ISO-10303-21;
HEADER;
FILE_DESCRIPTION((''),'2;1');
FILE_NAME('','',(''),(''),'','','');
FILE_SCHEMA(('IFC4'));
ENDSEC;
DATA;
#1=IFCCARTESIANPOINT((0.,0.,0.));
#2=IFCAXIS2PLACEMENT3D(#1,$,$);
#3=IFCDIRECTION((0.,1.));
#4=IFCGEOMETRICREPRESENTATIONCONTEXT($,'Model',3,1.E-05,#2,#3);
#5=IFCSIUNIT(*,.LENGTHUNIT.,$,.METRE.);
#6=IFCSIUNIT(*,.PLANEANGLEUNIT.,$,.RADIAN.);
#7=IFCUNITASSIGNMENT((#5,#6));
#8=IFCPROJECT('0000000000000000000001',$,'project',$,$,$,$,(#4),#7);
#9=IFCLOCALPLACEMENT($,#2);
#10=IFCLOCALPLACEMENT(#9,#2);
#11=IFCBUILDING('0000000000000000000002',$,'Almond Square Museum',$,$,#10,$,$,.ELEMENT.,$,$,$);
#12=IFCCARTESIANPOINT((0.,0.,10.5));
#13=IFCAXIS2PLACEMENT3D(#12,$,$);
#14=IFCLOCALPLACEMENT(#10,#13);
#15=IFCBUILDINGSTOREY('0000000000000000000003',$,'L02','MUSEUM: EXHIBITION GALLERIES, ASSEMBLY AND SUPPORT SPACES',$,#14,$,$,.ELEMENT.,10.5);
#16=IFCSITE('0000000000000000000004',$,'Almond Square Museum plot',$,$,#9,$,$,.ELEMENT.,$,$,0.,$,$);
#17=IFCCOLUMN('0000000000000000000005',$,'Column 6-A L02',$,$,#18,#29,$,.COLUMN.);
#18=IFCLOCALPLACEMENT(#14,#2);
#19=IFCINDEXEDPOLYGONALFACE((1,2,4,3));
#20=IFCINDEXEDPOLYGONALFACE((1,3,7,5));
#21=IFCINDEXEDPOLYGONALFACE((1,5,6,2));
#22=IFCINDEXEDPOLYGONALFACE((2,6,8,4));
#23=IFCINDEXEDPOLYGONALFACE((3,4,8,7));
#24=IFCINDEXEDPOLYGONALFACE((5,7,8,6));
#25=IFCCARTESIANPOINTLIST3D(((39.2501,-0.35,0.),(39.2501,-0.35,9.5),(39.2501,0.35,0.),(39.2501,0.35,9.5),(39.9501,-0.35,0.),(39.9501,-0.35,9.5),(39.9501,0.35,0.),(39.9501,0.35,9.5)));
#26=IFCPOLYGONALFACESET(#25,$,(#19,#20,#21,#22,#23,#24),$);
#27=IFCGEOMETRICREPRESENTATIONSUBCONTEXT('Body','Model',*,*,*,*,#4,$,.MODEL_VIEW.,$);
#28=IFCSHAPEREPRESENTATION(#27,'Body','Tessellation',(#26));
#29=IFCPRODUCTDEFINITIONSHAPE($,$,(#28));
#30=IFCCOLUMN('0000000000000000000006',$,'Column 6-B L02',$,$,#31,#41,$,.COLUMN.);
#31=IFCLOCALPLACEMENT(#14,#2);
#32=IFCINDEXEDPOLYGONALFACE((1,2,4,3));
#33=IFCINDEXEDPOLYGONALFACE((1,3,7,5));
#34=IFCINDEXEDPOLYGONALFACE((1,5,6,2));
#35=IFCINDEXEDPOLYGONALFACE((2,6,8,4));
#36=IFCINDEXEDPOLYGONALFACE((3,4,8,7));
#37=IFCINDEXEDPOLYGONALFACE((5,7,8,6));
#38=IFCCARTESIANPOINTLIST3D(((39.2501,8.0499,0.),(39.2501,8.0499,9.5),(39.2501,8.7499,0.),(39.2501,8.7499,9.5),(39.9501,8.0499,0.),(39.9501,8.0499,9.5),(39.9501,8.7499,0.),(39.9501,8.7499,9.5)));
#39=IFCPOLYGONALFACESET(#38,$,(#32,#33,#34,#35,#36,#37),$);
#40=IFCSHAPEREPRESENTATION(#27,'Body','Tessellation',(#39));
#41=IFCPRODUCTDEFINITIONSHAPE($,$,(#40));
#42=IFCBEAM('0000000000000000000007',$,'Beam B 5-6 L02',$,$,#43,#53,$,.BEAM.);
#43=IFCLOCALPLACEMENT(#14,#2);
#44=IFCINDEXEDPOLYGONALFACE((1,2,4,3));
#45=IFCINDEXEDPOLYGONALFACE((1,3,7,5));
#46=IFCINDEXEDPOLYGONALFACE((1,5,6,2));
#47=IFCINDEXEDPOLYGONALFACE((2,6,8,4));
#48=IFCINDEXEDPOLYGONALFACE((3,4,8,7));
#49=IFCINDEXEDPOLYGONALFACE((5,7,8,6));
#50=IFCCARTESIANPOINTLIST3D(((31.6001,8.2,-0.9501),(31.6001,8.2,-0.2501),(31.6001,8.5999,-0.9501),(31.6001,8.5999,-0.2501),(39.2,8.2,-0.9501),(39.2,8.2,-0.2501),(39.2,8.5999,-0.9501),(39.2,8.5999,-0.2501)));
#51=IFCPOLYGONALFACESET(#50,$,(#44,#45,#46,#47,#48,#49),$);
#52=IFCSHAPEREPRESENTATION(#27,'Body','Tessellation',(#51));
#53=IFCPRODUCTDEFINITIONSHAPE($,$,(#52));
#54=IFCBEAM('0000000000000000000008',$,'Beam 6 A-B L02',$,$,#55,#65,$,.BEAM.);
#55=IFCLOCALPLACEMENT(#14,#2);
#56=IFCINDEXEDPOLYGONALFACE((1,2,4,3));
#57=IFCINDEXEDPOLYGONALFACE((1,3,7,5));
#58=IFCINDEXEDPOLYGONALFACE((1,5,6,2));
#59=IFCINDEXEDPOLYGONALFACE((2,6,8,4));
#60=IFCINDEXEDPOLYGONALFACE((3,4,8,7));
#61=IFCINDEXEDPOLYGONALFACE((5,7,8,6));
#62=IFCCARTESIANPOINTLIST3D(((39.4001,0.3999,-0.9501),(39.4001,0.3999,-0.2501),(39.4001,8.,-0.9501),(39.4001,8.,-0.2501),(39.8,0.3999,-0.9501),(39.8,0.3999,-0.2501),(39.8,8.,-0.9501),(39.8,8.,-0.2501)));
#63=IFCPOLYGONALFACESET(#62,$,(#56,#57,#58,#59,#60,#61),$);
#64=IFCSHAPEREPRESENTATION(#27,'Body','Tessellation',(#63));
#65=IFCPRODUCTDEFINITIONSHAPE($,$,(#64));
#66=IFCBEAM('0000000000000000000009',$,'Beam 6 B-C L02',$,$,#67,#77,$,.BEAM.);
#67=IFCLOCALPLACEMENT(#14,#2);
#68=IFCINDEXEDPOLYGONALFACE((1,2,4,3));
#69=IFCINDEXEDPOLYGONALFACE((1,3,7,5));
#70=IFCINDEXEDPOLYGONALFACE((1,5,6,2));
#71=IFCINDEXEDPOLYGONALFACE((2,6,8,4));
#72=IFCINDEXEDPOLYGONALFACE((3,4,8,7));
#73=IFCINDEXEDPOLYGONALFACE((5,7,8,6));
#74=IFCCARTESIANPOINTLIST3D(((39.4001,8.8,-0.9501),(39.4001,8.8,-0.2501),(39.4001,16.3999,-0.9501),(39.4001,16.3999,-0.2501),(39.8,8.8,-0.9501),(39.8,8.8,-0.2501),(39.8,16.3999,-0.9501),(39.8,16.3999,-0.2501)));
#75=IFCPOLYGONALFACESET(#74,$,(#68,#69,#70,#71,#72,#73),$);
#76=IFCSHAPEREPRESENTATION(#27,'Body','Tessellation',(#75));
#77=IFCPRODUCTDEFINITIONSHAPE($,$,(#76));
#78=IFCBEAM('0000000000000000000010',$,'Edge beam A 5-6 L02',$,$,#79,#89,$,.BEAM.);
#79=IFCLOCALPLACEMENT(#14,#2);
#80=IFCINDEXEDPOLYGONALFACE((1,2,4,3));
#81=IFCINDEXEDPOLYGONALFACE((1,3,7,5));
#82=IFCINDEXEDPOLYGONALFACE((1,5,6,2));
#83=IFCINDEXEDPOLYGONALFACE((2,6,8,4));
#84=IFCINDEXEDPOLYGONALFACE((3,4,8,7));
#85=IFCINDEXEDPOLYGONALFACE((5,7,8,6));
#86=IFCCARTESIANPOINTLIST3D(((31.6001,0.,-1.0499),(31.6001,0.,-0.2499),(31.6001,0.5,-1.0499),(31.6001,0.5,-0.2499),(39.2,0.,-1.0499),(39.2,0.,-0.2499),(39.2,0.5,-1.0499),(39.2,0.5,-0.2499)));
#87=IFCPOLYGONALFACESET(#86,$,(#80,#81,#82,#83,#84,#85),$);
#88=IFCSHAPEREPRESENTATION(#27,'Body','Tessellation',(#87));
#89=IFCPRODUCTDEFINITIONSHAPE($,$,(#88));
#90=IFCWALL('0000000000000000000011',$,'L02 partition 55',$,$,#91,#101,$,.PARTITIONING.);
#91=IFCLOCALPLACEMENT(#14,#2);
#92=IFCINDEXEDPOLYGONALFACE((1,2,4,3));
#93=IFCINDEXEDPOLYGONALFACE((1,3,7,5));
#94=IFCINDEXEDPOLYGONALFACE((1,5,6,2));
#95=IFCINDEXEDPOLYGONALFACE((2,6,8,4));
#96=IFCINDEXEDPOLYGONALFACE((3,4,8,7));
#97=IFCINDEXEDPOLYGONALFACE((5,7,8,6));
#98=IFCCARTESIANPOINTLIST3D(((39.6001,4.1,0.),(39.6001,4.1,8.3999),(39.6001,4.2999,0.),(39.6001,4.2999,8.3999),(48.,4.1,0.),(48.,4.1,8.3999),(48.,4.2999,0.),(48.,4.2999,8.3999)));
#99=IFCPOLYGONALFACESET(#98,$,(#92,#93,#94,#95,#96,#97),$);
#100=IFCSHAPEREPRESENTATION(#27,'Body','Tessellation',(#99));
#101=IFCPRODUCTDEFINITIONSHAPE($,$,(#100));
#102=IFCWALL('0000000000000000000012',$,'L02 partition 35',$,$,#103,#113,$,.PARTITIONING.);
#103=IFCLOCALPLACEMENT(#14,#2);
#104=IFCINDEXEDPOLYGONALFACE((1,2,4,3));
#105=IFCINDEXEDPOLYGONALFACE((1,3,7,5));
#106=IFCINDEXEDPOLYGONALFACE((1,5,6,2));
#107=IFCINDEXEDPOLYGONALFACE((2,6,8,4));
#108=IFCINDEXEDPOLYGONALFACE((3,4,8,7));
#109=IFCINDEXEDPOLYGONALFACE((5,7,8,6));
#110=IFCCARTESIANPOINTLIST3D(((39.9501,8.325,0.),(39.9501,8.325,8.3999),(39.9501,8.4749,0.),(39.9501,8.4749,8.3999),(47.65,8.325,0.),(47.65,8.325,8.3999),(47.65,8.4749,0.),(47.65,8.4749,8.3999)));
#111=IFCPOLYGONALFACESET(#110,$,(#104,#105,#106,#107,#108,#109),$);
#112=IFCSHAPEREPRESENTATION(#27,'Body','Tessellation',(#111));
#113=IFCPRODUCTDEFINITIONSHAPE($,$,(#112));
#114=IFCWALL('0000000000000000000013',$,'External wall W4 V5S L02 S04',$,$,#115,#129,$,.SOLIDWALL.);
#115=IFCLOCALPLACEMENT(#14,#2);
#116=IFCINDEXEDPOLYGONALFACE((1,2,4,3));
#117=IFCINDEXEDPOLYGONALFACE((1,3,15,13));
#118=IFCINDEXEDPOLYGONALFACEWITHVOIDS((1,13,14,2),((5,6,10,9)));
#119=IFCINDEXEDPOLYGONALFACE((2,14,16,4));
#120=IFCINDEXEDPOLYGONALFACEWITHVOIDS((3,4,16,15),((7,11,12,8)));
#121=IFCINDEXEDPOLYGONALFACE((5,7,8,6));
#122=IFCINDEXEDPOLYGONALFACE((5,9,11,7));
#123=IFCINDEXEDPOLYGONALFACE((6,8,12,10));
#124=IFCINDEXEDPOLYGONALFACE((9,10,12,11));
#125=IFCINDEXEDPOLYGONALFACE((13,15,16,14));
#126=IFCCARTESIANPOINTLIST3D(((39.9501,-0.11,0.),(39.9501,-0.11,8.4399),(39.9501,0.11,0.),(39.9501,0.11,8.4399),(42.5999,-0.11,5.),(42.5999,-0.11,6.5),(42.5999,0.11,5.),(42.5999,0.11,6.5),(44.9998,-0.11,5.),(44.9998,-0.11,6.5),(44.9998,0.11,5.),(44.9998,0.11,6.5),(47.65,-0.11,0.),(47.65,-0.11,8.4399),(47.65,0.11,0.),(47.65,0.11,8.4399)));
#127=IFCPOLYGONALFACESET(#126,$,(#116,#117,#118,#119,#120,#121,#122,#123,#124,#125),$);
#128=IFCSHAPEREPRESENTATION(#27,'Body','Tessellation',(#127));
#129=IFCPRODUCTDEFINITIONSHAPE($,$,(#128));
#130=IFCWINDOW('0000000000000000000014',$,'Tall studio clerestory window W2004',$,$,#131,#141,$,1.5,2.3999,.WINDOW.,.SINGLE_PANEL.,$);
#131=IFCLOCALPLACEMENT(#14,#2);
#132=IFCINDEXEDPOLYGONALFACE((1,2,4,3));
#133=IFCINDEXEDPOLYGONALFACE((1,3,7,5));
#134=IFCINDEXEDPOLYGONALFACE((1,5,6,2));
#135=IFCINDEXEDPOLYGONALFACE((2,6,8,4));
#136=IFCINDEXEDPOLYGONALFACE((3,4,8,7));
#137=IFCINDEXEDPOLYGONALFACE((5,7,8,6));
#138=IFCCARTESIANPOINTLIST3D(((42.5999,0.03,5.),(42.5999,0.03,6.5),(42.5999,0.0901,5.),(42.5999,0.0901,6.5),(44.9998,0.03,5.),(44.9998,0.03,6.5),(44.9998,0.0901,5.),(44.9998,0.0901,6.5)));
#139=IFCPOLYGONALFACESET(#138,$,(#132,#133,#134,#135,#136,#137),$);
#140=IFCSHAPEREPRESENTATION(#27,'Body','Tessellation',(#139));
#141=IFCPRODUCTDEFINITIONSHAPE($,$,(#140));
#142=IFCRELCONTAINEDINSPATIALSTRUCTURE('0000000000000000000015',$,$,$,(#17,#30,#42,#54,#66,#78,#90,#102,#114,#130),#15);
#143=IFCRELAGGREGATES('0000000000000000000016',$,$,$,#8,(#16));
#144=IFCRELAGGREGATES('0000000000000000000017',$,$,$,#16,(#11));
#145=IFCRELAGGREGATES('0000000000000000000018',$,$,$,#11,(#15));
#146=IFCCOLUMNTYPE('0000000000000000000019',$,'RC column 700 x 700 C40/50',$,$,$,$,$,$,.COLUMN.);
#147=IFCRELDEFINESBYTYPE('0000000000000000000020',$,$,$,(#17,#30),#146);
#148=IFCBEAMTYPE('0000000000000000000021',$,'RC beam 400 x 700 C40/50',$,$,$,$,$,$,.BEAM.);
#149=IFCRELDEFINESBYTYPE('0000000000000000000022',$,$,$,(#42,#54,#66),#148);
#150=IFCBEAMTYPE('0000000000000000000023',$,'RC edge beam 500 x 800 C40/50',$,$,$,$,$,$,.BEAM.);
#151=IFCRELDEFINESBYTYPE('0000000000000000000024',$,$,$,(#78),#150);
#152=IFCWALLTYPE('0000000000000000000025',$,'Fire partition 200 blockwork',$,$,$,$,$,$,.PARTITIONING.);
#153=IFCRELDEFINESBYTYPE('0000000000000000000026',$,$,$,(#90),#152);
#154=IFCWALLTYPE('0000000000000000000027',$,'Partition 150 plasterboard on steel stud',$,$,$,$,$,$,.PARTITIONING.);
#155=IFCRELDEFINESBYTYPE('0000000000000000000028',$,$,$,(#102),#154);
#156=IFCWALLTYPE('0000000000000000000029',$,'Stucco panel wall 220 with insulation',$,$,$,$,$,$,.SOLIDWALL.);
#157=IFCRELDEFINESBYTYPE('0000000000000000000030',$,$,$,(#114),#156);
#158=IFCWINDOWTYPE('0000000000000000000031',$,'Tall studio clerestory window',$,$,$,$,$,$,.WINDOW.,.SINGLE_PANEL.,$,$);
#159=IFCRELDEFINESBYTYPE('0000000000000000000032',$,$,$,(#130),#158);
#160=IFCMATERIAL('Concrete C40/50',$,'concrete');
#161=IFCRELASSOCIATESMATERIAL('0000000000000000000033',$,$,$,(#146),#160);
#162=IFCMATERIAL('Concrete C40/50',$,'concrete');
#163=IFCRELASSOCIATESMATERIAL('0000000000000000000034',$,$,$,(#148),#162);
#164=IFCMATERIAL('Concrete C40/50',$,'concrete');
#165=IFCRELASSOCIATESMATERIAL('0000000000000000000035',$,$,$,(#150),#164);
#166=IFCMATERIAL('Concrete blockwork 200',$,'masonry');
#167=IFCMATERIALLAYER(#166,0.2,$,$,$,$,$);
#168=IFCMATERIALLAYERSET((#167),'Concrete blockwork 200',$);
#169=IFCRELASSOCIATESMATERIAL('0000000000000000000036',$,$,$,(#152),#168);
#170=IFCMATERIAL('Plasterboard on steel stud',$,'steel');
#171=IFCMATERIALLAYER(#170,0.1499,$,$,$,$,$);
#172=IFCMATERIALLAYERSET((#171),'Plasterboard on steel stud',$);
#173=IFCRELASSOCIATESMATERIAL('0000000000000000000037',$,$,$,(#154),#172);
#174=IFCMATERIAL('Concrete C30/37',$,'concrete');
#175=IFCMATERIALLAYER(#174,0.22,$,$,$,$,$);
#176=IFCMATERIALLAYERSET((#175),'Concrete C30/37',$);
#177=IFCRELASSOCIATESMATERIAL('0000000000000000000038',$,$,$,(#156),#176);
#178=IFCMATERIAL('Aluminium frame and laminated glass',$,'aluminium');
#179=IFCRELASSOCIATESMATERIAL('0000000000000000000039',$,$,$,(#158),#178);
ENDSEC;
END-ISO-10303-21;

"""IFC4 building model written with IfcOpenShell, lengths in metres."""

from ifc_helpers import new_model, si_unit, direction, frame, frame_2d, origin, origin_2d, place, context, subcontext, project, spatial, rectangle, extrude, material, layer, layer_set, material_profile, profile_set, type_object, element, fill, save


model = new_model("IFC4")

# Units and contexts
model_context = context("Model", 3, precision=1e-05, world=origin(), true_north=direction((0.0, 1.0)))
body_context = subcontext(model_context, "Body", "Model", "MODEL_VIEW")
ifc_project = project(units=[si_unit("LENGTHUNIT", "METRE"), si_unit("PLANEANGLEUNIT", "RADIAN")], contexts=[model_context])

# Site, building, storey
site_placement = place(None, origin())
site = spatial("IfcSite", under=ifc_project, at=site_placement, Name="Almond Square Museum plot", CompositionType="ELEMENT", RefElevation=0.0)
building_placement = place(site_placement, origin())
building = spatial("IfcBuilding", under=site, at=building_placement, Name="Almond Square Museum", CompositionType="ELEMENT")
storey_placement = place(building_placement, frame((0.0, 0.0, 10.5)))
storey = spatial("IfcBuildingStorey", under=building, at=storey_placement, Name="L02", Description="MUSEUM: EXHIBITION GALLERIES, ASSEMBLY AND SUPPORT SPACES", CompositionType="ELEMENT", Elevation=10.5)

# Columns
ifc_material_1 = material(Name="Concrete C40/50", Category="concrete")
ifc_material_profile_1 = material_profile(ifc_material_1, rectangle(XDim=0.7, YDim=0.7, at=origin_2d()))
ifc_profile_set_1 = profile_set([ifc_material_profile_1], Name="Concrete C40/50")
column_type = type_object("IfcColumnType", Name="RC column 700 x 700 C40/50", PredefinedType="COLUMN", material=ifc_profile_set_1)
for number, where, z_axis, x_axis, name in (
    (1, (39.6001, 0.0, 0.0), (0.0, 0.0, 1.0), (1.0, 0.0, 0.0), "Column 6-A L02"),
    (2, (39.6001, 8.3999, 0.0), (0.0, 0.0, 1.0), (1.0, 0.0, 0.0), "Column 6-B L02"),
):
    element("IfcColumn", number, at=place(storey_placement, frame(where, z_axis=z_axis, x_axis=x_axis)), inside=storey, type_object=column_type, Name=name, PredefinedType="COLUMN", context=body_context, shape_type="SweptSolid", body=[
        extrude(rectangle(XDim=0.7, YDim=0.7, at=origin_2d()), origin(), (0.0, 0.0, 1.0), 9.5),
    ])

# Beams
ifc_material_2 = material(Name="Concrete C40/50", Category="concrete")
ifc_material_profile_2 = material_profile(ifc_material_2, rectangle(XDim=0.3999, YDim=0.7, at=origin_2d()))
ifc_profile_set_2 = profile_set([ifc_material_profile_2], Name="Concrete C40/50")
beam_type_1 = type_object("IfcBeamType", Name="RC beam 400 x 700 C40/50", PredefinedType="BEAM", material=ifc_profile_set_2)
beam_1_placement = place(storey_placement, frame((31.6001, 8.3999, -0.6001), z_axis=(1.0, 0.0, 0.0), x_axis=(0.0, 1.0, 0.0)))
element("IfcBeam", 3, at=beam_1_placement, inside=storey, type_object=beam_type_1, Name="Beam B 5-6 L02", PredefinedType="BEAM", context=body_context, shape_type="SweptSolid", body=[
    extrude(rectangle(XDim=0.3999, YDim=0.7, at=origin_2d()), origin(), (0.0, 0.0, 1.0), 7.5999),
])
beam_2_placement = place(storey_placement, frame((39.6001, 0.3999, -0.6001), z_axis=(0.0, 1.0, 0.0), x_axis=(-1.0, 0.0, 0.0)))
element("IfcBeam", 4, at=beam_2_placement, inside=storey, type_object=beam_type_1, Name="Beam 6 A-B L02", PredefinedType="BEAM", context=body_context, shape_type="SweptSolid", body=[
    extrude(rectangle(XDim=0.3999, YDim=0.7, at=origin_2d()), origin(), (0.0, 0.0, 1.0), 7.6001),
])
beam_3_placement = place(storey_placement, frame((39.6001, 8.8, -0.6001), z_axis=(0.0, 1.0, 0.0), x_axis=(-1.0, 0.0, 0.0)))
element("IfcBeam", 5, at=beam_3_placement, inside=storey, type_object=beam_type_1, Name="Beam 6 B-C L02", PredefinedType="BEAM", context=body_context, shape_type="SweptSolid", body=[
    extrude(rectangle(XDim=0.3999, YDim=0.7, at=origin_2d()), origin(), (0.0, 0.0, 1.0), 7.5999),
])
ifc_material_3 = material(Name="Concrete C40/50", Category="concrete")
ifc_material_profile_3 = material_profile(ifc_material_3, rectangle(XDim=0.5, YDim=0.8, at=origin_2d()))
ifc_profile_set_3 = profile_set([ifc_material_profile_3], Name="Concrete C40/50")
beam_type_2 = type_object("IfcBeamType", Name="RC edge beam 500 x 800 C40/50", PredefinedType="BEAM", material=ifc_profile_set_3)
beam_4_placement = place(storey_placement, frame((31.6001, 0.25, -0.6499), z_axis=(1.0, 0.0, 0.0), x_axis=(0.0, 1.0, 0.0)))
element("IfcBeam", 6, at=beam_4_placement, inside=storey, type_object=beam_type_2, Name="Edge beam A 5-6 L02", PredefinedType="BEAM", context=body_context, shape_type="SweptSolid", body=[
    extrude(rectangle(XDim=0.5, YDim=0.8, at=origin_2d()), origin(), (0.0, 0.0, 1.0), 7.5999),
])

# Walls
ifc_material_4 = material(Name="Concrete blockwork 200", Category="masonry")
ifc_layer_1 = layer(ifc_material_4, 0.2)
ifc_layer_set_1 = layer_set([ifc_layer_1], Name="Concrete blockwork 200")
wall_type_1 = type_object("IfcWallType", Name="Fire partition 200 blockwork", PredefinedType="PARTITIONING", material=ifc_layer_set_1)
wall_1_placement = place(storey_placement, frame((39.6001, 4.2, 0.0), z_axis=(0.0, 0.0, 1.0), x_axis=(1.0, 0.0, 0.0)))
element("IfcWall", 7, at=wall_1_placement, inside=storey, type_object=wall_type_1, Name="L02 partition 55", PredefinedType="PARTITIONING", context=body_context, shape_type="SweptSolid", body=[
    extrude(rectangle(XDim=8.3999, YDim=0.2, at=frame_2d((4.2, 0.0))), origin(), (0.0, 0.0, 1.0), 8.3999),
])
ifc_material_5 = material(Name="Plasterboard on steel stud", Category="steel")
ifc_layer_2 = layer(ifc_material_5, 0.1499)
ifc_layer_set_2 = layer_set([ifc_layer_2], Name="Plasterboard on steel stud")
wall_type_2 = type_object("IfcWallType", Name="Partition 150 plasterboard on steel stud", PredefinedType="PARTITIONING", material=ifc_layer_set_2)
wall_2_placement = place(storey_placement, frame((39.95, 8.3999, 0.0), z_axis=(0.0, 0.0, 1.0), x_axis=(1.0, 0.0, 0.0)))
element("IfcWall", 8, at=wall_2_placement, inside=storey, type_object=wall_type_2, Name="L02 partition 35", PredefinedType="PARTITIONING", context=body_context, shape_type="SweptSolid", body=[
    extrude(rectangle(XDim=7.7, YDim=0.1499, at=frame_2d((3.8501, 0.0))), origin(), (0.0, 0.0, 1.0), 8.3999),
])

# Wall, opening, window
ifc_material_6 = material(Name="Concrete C30/37", Category="concrete")
ifc_layer_3 = layer(ifc_material_6, 0.22)
ifc_layer_set_3 = layer_set([ifc_layer_3], Name="Concrete C30/37")
wall_type_3 = type_object("IfcWallType", Name="Stucco panel wall 220 with insulation", PredefinedType="SOLIDWALL", material=ifc_layer_set_3)
wall_3_placement = place(storey_placement, frame((39.95, 0.0, 0.0), z_axis=(0.0, 0.0, 1.0), x_axis=(1.0, 0.0, 0.0)))
wall_3 = element("IfcWall", 9, at=wall_3_placement, inside=storey, type_object=wall_type_3, Name="External wall W4 V5S L02 S04", PredefinedType="SOLIDWALL", context=body_context, shape_type="SweptSolid", body=[
    extrude(rectangle(XDim=7.7, YDim=0.22, at=frame_2d((3.8501, 0.0))), origin(), (0.0, 0.0, 1.0), 8.4399),
])
opening_placement = place(wall_3_placement, frame((2.6499, 0.0, 5.0)))
opening = element("IfcOpeningElement", 10, at=opening_placement, cuts=wall_3, PredefinedType="OPENING", context=body_context, shape_type="SweptSolid", body=[
    extrude(rectangle(XDim=2.3999, YDim=1.5, at=frame_2d((1.2, 0.75))), frame((0.0, 0.1199, 0.0), z_axis=(0.0, -1.0, 0.0), x_axis=(1.0, 0.0, 0.0)), (0.0, 0.0, 1.0), 0.24),
])
ifc_material_7 = material(Name="Aluminium frame and laminated glass", Category="aluminium")
window_type = type_object("IfcWindowType", Name="Tall studio clerestory window", PartitioningType="SINGLE_PANEL", PredefinedType="WINDOW", material=ifc_material_7)
window_placement = place(opening_placement, origin())
window = element("IfcWindow", 11, at=window_placement, inside=storey, type_object=window_type, Name="Tall studio clerestory window W2004", OverallHeight=1.5, OverallWidth=2.3999, PartitioningType="SINGLE_PANEL", PredefinedType="WINDOW", context=body_context, shape_type="SweptSolid", body=[
    extrude(rectangle(XDim=2.3999, YDim=1.5, at=frame_2d((1.2, 0.75))), frame((0.0, 0.0901, 0.0), z_axis=(0.0, -1.0, 0.0), x_axis=(1.0, 0.0, 0.0)), (0.0, 0.0, 1.0), 0.0601),
])
fill(opening, window)

save(model, "model.ifc")
